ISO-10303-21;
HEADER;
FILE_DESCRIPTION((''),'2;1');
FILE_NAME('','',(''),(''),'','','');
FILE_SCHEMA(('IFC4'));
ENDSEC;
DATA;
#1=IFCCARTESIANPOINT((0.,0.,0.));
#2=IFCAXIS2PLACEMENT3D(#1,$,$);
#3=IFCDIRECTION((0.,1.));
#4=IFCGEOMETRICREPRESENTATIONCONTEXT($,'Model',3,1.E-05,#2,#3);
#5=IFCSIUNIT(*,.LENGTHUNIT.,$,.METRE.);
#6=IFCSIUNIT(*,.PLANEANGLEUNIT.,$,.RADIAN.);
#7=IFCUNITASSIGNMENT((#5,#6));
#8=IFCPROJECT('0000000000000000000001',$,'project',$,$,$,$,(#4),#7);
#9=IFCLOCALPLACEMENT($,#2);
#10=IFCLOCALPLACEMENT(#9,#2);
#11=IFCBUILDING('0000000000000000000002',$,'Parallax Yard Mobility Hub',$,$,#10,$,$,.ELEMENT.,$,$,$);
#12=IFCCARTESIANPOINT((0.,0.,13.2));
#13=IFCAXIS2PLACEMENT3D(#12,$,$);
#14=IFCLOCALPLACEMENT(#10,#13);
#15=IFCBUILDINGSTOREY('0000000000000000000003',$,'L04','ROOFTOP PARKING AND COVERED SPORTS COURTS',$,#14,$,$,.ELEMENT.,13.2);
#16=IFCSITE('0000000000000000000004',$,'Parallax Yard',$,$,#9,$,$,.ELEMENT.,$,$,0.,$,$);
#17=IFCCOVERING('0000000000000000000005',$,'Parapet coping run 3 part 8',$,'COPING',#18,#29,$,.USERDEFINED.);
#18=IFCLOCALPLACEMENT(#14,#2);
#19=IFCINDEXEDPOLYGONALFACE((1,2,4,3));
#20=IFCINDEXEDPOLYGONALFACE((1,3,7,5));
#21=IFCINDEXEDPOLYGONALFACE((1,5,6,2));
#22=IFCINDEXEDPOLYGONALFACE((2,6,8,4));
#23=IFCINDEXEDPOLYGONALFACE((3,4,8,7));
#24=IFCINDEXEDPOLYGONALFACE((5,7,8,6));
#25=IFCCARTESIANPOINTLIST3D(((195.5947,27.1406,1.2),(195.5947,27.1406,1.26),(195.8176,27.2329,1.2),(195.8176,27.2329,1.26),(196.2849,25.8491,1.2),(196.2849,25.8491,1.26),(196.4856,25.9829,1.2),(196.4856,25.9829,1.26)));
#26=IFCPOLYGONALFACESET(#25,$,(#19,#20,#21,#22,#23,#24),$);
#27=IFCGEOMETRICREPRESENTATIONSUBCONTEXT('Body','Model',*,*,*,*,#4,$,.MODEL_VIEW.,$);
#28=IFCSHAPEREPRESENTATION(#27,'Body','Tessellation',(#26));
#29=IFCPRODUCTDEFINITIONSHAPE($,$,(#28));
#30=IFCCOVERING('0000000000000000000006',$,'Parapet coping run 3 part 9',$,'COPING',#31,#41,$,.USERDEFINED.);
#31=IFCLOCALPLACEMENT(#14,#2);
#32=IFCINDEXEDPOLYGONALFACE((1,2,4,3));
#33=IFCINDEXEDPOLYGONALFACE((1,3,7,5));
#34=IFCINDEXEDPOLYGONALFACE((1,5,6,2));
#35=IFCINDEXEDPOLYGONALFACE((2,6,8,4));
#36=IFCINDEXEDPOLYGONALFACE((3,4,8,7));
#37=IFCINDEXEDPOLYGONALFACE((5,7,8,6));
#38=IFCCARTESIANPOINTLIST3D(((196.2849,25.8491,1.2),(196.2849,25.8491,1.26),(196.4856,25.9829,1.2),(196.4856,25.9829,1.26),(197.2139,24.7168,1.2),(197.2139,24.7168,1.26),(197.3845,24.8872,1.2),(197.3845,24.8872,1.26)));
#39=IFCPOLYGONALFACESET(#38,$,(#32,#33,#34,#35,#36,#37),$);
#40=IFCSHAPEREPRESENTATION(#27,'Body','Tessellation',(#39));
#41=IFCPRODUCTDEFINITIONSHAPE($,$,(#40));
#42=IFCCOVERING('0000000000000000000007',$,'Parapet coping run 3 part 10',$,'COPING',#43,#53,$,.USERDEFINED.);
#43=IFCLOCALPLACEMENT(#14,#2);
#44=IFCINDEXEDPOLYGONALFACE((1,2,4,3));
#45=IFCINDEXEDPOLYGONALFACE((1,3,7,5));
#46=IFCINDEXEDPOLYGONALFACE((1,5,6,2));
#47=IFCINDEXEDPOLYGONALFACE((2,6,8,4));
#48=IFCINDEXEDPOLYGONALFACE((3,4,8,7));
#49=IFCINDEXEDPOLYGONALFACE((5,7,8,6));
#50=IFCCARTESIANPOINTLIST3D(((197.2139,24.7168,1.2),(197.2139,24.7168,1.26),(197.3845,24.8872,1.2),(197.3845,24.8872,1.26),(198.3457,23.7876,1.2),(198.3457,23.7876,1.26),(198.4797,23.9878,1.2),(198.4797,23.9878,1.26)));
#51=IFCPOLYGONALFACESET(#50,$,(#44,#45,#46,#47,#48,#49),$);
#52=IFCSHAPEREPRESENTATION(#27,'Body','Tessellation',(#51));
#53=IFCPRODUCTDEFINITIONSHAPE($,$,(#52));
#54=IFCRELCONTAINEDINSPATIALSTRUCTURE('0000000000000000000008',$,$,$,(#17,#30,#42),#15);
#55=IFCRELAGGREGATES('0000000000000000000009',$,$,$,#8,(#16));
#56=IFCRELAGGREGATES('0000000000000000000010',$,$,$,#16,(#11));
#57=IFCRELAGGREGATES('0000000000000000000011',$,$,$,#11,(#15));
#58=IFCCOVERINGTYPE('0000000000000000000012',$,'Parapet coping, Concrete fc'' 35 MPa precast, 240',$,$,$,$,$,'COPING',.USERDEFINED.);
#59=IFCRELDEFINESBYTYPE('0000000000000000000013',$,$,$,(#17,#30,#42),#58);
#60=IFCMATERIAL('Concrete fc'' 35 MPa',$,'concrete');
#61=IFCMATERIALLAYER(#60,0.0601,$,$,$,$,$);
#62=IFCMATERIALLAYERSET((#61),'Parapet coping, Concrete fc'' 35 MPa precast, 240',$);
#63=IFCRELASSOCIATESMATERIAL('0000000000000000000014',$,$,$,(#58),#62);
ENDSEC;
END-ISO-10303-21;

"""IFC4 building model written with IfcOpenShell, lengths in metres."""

from ifc_helpers import new_model, si_unit, direction, frame, origin, place, context, subcontext, project, spatial, polyline, outline, extrude, material, layer, layer_set, type_object, element, save


model = new_model("IFC4")

# Units and contexts
model_context = context("Model", 3, precision=1e-05, world=origin(), true_north=direction((0.0, 1.0)))
body_context = subcontext(model_context, "Body", "Model", "MODEL_VIEW")
ifc_project = project(units=[si_unit("LENGTHUNIT", "METRE"), si_unit("PLANEANGLEUNIT", "RADIAN")], contexts=[model_context])

# Site, building, storey
site_placement = place(None, origin())
site = spatial("IfcSite", under=ifc_project, at=site_placement, Name="Parallax Yard", CompositionType="ELEMENT", RefElevation=0.0)
building_placement = place(site_placement, origin())
building = spatial("IfcBuilding", under=site, at=building_placement, Name="Parallax Yard Mobility Hub", CompositionType="ELEMENT")
storey_placement = place(building_placement, frame((0.0, 0.0, 13.2)))
storey = spatial("IfcBuildingStorey", under=building, at=storey_placement, Name="L04", Description="ROOFTOP PARKING AND COVERED SPORTS COURTS", CompositionType="ELEMENT", Elevation=13.2)

# Coverings
ifc_material = material(Name="Concrete fc' 35 MPa", Category="concrete")
ifc_layer = layer(ifc_material, 0.0601)
ifc_layer_set = layer_set([ifc_layer], Name="Parapet coping, Concrete fc' 35 MPa precast, 240")
covering_type = type_object("IfcCoveringType", Name="Parapet coping, Concrete fc' 35 MPa precast, 240", ElementType="COPING", PredefinedType="USERDEFINED", material=ifc_layer_set)
covering_1_placement = place(storey_placement, frame((0.0, 0.0, 1.2)))
element("IfcCovering", 1, at=covering_1_placement, inside=storey, type_object=covering_type, Name="Parapet coping run 3 part 8", ObjectType="COPING", PredefinedType="USERDEFINED", context=body_context, shape_type="SweptSolid", body=[
    extrude(outline(polyline([(195.8176, 27.2329), (195.5947, 27.1406), (196.2849, 25.8491), (196.4856, 25.9829), (195.8176, 27.2329)])), origin(), (0.0, 0.0, 1.0), 0.0601),
])
covering_2_placement = place(storey_placement, frame((0.0, 0.0, 1.2)))
element("IfcCovering", 2, at=covering_2_placement, inside=storey, type_object=covering_type, Name="Parapet coping run 3 part 9", ObjectType="COPING", PredefinedType="USERDEFINED", context=body_context, shape_type="SweptSolid", body=[
    extrude(outline(polyline([(196.4856, 25.9829), (196.2849, 25.8491), (197.2139, 24.7168), (197.3845, 24.8872), (196.4856, 25.9829)])), origin(), (0.0, 0.0, 1.0), 0.0601),
])
covering_3_placement = place(storey_placement, frame((0.0, 0.0, 1.2)))
element("IfcCovering", 3, at=covering_3_placement, inside=storey, type_object=covering_type, Name="Parapet coping run 3 part 10", ObjectType="COPING", PredefinedType="USERDEFINED", context=body_context, shape_type="SweptSolid", body=[
    extrude(outline(polyline([(197.3845, 24.8872), (197.2139, 24.7168), (198.3457, 23.7876), (198.4797, 23.9878), (197.3845, 24.8872)])), origin(), (0.0, 0.0, 1.0), 0.0601),
])

save(model, "model.ifc")
